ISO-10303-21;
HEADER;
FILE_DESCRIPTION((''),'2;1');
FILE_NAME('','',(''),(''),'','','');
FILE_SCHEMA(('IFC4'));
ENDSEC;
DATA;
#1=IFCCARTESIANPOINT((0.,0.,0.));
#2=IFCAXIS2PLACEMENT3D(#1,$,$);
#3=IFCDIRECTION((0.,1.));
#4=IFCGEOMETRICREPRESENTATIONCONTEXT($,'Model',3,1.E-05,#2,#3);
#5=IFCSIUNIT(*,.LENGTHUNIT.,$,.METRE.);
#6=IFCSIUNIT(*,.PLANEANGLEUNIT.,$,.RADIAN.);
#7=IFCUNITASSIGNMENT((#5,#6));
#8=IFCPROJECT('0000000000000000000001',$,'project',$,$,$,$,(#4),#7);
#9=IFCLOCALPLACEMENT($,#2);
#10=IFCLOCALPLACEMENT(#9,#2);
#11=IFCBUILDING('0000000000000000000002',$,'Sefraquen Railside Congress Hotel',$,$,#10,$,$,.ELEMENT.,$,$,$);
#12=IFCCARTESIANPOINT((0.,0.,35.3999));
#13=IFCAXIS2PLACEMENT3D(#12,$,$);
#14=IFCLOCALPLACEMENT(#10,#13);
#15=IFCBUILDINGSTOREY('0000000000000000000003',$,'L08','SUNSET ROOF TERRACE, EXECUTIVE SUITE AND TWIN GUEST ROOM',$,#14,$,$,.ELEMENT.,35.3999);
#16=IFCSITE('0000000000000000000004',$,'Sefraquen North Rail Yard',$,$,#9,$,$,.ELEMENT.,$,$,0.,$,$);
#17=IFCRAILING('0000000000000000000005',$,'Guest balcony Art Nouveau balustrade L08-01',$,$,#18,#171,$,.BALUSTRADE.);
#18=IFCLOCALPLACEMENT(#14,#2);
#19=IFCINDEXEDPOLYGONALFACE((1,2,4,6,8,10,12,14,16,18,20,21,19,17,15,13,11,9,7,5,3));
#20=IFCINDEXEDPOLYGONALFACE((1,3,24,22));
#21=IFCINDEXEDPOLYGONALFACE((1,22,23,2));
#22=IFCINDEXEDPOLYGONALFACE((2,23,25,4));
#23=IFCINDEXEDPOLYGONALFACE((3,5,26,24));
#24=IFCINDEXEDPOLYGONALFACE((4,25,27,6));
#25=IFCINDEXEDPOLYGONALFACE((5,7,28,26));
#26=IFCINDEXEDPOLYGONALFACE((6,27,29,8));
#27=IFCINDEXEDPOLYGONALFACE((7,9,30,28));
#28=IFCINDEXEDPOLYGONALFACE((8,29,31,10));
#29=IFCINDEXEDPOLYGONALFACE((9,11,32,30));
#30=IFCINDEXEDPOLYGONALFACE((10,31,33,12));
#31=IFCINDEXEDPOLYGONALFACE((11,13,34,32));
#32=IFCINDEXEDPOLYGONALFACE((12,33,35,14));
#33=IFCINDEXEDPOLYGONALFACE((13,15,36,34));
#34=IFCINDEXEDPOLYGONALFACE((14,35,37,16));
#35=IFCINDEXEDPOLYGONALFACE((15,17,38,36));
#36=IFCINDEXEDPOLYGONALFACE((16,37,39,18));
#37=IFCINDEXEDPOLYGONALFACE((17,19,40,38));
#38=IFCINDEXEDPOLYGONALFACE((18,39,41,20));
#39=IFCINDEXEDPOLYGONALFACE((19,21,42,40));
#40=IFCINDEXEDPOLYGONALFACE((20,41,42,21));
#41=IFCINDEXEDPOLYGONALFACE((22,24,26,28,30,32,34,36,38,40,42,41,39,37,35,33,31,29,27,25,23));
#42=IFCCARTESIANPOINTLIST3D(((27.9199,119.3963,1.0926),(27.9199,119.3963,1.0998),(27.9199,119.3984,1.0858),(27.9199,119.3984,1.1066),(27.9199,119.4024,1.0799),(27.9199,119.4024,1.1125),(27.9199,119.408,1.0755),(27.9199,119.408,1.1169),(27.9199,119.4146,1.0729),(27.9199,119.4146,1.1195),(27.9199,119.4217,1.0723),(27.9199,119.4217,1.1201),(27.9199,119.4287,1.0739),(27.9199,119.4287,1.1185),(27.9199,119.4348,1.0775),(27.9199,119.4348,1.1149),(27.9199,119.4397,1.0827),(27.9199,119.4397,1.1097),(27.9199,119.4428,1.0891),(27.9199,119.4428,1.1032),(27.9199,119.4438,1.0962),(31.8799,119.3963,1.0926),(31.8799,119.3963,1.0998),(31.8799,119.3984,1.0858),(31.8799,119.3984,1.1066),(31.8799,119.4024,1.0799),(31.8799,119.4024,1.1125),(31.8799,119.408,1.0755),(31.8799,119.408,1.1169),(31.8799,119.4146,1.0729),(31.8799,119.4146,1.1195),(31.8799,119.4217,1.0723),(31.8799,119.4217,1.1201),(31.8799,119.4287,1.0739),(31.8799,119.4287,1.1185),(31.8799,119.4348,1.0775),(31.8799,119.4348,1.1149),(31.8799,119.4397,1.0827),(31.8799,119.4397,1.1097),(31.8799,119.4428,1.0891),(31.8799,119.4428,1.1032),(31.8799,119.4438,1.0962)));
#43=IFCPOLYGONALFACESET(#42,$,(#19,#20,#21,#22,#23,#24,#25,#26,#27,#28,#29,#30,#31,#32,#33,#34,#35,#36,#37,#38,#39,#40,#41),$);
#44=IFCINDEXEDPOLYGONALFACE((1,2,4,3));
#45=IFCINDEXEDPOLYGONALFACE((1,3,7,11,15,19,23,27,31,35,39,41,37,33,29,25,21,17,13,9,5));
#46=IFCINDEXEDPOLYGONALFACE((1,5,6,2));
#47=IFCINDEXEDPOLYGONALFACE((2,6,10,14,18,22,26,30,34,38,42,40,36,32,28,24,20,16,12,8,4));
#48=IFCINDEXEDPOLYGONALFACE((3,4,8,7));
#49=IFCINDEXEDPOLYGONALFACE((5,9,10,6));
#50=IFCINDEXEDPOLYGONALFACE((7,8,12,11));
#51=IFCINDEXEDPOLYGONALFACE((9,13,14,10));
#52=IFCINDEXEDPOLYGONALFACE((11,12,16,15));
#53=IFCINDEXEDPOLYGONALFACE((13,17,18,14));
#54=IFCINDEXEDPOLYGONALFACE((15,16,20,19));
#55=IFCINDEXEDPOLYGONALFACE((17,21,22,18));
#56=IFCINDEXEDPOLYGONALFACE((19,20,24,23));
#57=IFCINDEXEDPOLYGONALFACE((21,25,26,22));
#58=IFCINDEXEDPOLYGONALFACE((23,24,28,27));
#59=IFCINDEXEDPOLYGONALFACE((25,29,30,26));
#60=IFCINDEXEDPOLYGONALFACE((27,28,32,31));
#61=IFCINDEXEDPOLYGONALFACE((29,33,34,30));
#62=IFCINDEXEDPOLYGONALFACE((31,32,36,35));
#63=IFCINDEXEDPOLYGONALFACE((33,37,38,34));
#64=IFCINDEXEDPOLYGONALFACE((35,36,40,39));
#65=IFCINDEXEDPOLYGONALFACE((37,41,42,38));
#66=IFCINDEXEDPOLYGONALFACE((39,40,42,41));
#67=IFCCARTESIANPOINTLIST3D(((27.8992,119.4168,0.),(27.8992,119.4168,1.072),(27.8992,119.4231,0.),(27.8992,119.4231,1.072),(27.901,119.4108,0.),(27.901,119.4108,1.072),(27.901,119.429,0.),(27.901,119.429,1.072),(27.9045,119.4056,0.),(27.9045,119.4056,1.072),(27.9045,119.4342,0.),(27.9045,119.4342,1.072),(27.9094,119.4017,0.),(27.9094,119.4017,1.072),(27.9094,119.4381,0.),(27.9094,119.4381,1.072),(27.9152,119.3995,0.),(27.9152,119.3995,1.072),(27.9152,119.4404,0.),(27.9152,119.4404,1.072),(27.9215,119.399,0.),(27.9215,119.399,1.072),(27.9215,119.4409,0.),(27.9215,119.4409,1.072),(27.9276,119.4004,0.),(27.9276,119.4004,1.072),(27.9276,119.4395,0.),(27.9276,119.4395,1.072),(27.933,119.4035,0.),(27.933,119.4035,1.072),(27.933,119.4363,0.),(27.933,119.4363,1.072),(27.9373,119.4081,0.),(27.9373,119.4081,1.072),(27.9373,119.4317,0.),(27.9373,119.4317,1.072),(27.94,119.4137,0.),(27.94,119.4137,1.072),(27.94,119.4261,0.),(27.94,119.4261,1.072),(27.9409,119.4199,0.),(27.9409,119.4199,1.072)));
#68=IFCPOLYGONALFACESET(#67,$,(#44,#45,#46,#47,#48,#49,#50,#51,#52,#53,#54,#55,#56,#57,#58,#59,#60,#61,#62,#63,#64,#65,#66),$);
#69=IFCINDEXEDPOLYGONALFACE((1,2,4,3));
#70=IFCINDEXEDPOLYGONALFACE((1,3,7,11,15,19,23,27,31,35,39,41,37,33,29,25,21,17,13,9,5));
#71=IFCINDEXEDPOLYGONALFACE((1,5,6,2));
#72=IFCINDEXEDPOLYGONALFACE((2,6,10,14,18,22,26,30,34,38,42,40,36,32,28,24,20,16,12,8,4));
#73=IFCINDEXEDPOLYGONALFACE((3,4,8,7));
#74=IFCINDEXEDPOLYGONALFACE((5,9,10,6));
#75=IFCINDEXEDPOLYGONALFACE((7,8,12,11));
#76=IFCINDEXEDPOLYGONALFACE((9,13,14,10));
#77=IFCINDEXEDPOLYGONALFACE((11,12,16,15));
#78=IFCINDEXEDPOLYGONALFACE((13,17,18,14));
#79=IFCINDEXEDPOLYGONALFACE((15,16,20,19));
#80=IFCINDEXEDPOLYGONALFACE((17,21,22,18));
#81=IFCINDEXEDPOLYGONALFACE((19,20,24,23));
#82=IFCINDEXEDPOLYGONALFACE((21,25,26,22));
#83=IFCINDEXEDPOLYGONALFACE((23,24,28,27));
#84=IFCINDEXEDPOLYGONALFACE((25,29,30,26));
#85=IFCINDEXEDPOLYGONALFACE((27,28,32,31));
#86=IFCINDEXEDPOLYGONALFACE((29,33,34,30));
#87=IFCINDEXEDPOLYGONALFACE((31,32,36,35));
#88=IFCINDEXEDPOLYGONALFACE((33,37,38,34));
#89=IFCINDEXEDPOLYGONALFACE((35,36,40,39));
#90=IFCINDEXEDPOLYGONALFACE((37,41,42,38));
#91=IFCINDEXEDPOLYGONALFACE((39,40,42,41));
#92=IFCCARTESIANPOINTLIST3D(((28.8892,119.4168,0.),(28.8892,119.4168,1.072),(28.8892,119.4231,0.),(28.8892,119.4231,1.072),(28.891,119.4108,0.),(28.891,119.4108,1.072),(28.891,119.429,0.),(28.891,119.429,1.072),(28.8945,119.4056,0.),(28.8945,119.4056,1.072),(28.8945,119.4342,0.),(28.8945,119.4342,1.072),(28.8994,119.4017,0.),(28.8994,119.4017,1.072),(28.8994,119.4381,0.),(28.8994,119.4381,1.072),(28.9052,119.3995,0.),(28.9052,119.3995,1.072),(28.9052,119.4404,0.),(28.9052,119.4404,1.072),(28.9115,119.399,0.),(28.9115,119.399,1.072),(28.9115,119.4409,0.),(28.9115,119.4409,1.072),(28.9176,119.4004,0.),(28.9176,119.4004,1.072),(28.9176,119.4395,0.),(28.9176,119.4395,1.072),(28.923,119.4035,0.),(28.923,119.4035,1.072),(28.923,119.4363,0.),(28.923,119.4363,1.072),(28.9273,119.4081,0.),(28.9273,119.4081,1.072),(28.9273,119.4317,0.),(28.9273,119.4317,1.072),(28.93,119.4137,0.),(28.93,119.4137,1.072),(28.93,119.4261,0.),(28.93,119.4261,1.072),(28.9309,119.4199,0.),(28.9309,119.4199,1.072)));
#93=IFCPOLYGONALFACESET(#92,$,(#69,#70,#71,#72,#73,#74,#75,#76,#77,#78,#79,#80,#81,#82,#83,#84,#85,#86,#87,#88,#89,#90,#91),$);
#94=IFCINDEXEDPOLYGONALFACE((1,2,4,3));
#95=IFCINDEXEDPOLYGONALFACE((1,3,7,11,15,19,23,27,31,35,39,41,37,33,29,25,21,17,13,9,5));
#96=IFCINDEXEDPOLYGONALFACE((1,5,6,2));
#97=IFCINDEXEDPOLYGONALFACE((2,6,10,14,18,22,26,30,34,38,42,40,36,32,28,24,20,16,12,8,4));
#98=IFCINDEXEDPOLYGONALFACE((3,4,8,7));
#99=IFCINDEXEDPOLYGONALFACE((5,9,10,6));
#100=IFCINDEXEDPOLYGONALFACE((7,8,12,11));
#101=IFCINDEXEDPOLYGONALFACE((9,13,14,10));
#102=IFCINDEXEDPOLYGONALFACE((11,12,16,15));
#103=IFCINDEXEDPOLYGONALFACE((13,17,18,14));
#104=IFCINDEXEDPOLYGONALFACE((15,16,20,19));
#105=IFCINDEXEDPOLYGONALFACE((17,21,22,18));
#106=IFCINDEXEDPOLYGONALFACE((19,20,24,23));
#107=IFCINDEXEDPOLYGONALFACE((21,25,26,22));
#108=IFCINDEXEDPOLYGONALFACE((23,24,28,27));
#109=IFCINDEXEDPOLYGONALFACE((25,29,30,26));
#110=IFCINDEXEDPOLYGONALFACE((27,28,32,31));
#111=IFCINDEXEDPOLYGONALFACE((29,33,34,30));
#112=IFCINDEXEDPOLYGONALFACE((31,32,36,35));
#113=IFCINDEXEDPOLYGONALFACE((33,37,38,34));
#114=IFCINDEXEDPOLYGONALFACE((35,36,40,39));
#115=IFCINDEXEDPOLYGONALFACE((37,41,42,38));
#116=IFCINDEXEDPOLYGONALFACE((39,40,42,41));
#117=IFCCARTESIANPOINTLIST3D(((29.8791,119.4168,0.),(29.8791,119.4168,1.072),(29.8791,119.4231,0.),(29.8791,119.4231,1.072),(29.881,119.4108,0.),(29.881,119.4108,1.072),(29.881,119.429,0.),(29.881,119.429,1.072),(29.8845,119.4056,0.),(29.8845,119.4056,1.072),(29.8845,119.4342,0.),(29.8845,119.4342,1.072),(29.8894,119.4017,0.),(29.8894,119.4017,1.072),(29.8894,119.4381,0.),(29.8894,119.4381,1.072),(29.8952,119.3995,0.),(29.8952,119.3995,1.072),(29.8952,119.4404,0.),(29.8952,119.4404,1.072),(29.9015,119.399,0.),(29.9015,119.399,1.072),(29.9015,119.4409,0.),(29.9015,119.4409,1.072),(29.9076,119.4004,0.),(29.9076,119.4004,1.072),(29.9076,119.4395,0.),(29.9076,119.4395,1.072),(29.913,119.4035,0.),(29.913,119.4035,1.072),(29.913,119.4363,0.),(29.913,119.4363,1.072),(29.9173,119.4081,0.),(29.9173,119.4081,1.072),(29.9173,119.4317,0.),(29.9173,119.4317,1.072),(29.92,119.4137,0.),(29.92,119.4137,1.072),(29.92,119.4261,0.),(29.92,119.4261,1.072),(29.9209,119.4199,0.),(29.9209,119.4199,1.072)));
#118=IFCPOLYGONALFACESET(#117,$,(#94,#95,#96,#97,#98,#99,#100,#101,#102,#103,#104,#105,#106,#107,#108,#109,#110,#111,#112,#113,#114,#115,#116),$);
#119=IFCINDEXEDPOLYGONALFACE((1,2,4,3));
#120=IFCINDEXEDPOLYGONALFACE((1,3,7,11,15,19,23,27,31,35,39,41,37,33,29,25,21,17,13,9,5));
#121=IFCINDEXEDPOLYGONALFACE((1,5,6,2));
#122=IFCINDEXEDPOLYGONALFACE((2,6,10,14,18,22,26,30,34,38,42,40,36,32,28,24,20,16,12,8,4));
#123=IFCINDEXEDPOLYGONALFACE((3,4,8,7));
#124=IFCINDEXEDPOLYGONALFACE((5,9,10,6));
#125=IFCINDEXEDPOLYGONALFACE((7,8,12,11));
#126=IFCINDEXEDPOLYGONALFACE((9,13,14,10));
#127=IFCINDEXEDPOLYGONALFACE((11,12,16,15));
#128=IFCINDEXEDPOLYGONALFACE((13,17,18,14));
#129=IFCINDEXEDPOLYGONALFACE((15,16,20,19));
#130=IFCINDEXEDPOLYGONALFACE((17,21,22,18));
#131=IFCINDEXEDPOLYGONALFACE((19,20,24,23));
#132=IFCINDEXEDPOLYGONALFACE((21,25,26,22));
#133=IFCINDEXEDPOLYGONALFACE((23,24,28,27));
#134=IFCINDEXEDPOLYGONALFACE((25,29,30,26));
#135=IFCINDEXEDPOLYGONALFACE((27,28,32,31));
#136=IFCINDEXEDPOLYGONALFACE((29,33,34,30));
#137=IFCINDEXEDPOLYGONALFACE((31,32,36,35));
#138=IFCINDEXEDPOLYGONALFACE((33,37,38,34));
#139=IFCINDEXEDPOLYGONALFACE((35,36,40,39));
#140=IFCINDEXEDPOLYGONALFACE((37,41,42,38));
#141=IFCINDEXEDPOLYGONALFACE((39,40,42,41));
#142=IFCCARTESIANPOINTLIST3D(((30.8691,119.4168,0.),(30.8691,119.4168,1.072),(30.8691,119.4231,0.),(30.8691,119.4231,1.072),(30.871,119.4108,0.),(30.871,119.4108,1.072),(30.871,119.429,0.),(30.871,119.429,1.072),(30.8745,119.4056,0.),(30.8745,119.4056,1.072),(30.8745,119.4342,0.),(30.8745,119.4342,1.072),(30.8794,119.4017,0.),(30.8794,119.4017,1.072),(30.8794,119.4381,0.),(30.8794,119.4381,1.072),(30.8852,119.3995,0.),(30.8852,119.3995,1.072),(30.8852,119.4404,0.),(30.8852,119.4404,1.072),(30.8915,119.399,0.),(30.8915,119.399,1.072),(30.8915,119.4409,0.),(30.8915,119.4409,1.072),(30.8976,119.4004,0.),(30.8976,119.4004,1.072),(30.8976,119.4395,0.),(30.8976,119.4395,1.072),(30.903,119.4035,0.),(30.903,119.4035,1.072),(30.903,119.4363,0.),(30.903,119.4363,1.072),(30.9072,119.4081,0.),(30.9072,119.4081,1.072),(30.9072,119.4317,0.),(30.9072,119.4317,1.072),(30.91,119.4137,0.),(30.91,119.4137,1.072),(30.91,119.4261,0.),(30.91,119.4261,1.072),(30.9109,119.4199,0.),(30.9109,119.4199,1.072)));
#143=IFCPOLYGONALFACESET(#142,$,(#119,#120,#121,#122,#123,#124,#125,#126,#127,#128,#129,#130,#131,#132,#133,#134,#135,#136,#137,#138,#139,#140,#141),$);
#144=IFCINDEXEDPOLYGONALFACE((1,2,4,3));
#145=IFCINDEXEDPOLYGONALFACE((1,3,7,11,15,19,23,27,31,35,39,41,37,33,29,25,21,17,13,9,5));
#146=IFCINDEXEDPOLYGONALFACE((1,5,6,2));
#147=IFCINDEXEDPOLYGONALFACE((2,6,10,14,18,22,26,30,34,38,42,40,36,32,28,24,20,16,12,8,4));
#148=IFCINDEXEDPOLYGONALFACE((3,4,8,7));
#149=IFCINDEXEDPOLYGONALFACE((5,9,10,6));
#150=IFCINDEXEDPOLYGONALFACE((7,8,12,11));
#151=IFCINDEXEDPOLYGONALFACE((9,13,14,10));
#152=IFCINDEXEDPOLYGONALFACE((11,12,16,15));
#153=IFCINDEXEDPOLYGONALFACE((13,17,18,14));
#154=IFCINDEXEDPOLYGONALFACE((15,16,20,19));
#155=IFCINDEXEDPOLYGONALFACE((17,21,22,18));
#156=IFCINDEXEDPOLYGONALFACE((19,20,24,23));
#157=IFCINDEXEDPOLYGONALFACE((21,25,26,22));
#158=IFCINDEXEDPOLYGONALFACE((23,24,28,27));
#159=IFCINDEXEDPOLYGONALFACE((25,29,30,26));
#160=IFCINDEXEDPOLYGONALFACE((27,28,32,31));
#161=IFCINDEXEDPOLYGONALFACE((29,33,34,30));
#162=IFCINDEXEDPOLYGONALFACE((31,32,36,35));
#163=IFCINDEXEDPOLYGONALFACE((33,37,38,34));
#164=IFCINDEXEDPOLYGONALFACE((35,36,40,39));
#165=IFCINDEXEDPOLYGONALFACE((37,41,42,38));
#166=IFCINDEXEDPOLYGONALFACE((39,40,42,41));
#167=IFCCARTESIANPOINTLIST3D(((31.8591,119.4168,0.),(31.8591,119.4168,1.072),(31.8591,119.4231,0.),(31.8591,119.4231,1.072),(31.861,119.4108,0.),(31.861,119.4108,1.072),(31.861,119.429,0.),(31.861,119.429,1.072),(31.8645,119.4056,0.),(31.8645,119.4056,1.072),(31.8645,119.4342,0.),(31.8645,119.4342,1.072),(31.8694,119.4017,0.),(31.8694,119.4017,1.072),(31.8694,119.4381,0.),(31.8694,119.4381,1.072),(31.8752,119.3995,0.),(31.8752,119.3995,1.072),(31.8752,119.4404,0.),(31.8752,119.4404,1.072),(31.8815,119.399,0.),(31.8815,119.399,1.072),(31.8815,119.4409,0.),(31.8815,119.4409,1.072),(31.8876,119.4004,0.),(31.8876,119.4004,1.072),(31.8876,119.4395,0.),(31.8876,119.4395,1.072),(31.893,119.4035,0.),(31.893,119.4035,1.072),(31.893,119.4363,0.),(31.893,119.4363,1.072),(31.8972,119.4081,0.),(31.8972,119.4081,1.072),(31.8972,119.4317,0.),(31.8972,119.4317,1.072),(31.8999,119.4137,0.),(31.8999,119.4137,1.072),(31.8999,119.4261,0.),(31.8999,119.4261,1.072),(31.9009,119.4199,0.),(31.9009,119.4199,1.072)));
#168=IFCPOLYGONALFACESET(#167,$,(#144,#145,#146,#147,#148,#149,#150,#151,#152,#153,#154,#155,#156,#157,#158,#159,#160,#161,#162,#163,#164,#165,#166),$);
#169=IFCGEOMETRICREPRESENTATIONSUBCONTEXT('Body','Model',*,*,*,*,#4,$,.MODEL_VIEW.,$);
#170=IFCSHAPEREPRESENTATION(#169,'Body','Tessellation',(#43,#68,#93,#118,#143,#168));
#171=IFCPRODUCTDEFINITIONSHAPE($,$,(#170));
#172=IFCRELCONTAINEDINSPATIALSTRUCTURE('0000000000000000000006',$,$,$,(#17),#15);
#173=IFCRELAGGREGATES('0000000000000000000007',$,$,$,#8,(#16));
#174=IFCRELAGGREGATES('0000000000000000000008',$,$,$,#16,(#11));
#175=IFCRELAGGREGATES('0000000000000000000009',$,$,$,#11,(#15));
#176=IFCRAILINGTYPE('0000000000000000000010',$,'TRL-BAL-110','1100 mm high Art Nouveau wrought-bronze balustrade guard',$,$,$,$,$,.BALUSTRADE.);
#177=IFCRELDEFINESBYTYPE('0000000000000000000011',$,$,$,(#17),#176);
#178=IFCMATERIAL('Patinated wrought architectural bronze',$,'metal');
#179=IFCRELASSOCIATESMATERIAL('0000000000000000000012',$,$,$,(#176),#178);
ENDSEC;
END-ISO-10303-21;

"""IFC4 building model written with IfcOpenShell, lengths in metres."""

from ifc_helpers import new_model, si_unit, direction, frame, origin, origin_2d, place, context, subcontext, project, spatial, circle, extrude, material, type_object, element, save


model = new_model("IFC4")

# Units and contexts
model_context = context("Model", 3, precision=1e-05, world=origin(), true_north=direction((0.0, 1.0)))
body_context = subcontext(model_context, "Body", "Model", "MODEL_VIEW")
ifc_project = project(units=[si_unit("LENGTHUNIT", "METRE"), si_unit("PLANEANGLEUNIT", "RADIAN")], contexts=[model_context])

# Site, building, storey
site_placement = place(None, origin())
site = spatial("IfcSite", under=ifc_project, at=site_placement, Name="Sefraquen North Rail Yard", CompositionType="ELEMENT", RefElevation=0.0)
building_placement = place(site_placement, origin())
building = spatial("IfcBuilding", under=site, at=building_placement, Name="Sefraquen Railside Congress Hotel", CompositionType="ELEMENT")
storey_placement = place(building_placement, frame((0.0, 0.0, 35.3999)))
storey = spatial("IfcBuildingStorey", under=building, at=storey_placement, Name="L08", Description="SUNSET ROOF TERRACE, EXECUTIVE SUITE AND TWIN GUEST ROOM", CompositionType="ELEMENT", Elevation=35.3999)

# Railing
ifc_material_1 = material(Name="Patinated wrought architectural bronze", Category="metal")
railing_type = type_object("IfcRailingType", Name="TRL-BAL-110", Description="1100 mm high Art Nouveau wrought-bronze balustrade guard", PredefinedType="BALUSTRADE", material=ifc_material_1)
railing_1_placement = place(storey_placement, frame((27.9199, 119.4199, 0.0)))
element("IfcRailing", 1, at=railing_1_placement, inside=storey, type_object=railing_type, Name="Guest balcony Art Nouveau balustrade L08-01", PredefinedType="BALUSTRADE", context=body_context, shape_type="SweptSolid", body=[
    extrude(circle(Radius=0.0239, at=origin_2d()), frame((0.0, 0.0, 1.0962), z_axis=(1.0, 0.0, 0.0), x_axis=(0.0, 1.0, 0.0)), (0.0, 0.0, 1.0), 3.96),
    extrude(circle(Radius=0.021, at=origin_2d()), origin(), (0.0, 0.0, 1.0), 1.072),
    extrude(circle(Radius=0.021, at=origin_2d()), frame((0.99, 0.0, 0.0)), (0.0, 0.0, 1.0), 1.072),
    extrude(circle(Radius=0.021, at=origin_2d()), frame((1.98, 0.0, 0.0)), (0.0, 0.0, 1.0), 1.072),
    extrude(circle(Radius=0.021, at=origin_2d()), frame((2.97, 0.0, 0.0)), (0.0, 0.0, 1.0), 1.072),
    extrude(circle(Radius=0.021, at=origin_2d()), frame((3.96, 0.0, 0.0)), (0.0, 0.0, 1.0), 1.072),
])

save(model, "model.ifc")
